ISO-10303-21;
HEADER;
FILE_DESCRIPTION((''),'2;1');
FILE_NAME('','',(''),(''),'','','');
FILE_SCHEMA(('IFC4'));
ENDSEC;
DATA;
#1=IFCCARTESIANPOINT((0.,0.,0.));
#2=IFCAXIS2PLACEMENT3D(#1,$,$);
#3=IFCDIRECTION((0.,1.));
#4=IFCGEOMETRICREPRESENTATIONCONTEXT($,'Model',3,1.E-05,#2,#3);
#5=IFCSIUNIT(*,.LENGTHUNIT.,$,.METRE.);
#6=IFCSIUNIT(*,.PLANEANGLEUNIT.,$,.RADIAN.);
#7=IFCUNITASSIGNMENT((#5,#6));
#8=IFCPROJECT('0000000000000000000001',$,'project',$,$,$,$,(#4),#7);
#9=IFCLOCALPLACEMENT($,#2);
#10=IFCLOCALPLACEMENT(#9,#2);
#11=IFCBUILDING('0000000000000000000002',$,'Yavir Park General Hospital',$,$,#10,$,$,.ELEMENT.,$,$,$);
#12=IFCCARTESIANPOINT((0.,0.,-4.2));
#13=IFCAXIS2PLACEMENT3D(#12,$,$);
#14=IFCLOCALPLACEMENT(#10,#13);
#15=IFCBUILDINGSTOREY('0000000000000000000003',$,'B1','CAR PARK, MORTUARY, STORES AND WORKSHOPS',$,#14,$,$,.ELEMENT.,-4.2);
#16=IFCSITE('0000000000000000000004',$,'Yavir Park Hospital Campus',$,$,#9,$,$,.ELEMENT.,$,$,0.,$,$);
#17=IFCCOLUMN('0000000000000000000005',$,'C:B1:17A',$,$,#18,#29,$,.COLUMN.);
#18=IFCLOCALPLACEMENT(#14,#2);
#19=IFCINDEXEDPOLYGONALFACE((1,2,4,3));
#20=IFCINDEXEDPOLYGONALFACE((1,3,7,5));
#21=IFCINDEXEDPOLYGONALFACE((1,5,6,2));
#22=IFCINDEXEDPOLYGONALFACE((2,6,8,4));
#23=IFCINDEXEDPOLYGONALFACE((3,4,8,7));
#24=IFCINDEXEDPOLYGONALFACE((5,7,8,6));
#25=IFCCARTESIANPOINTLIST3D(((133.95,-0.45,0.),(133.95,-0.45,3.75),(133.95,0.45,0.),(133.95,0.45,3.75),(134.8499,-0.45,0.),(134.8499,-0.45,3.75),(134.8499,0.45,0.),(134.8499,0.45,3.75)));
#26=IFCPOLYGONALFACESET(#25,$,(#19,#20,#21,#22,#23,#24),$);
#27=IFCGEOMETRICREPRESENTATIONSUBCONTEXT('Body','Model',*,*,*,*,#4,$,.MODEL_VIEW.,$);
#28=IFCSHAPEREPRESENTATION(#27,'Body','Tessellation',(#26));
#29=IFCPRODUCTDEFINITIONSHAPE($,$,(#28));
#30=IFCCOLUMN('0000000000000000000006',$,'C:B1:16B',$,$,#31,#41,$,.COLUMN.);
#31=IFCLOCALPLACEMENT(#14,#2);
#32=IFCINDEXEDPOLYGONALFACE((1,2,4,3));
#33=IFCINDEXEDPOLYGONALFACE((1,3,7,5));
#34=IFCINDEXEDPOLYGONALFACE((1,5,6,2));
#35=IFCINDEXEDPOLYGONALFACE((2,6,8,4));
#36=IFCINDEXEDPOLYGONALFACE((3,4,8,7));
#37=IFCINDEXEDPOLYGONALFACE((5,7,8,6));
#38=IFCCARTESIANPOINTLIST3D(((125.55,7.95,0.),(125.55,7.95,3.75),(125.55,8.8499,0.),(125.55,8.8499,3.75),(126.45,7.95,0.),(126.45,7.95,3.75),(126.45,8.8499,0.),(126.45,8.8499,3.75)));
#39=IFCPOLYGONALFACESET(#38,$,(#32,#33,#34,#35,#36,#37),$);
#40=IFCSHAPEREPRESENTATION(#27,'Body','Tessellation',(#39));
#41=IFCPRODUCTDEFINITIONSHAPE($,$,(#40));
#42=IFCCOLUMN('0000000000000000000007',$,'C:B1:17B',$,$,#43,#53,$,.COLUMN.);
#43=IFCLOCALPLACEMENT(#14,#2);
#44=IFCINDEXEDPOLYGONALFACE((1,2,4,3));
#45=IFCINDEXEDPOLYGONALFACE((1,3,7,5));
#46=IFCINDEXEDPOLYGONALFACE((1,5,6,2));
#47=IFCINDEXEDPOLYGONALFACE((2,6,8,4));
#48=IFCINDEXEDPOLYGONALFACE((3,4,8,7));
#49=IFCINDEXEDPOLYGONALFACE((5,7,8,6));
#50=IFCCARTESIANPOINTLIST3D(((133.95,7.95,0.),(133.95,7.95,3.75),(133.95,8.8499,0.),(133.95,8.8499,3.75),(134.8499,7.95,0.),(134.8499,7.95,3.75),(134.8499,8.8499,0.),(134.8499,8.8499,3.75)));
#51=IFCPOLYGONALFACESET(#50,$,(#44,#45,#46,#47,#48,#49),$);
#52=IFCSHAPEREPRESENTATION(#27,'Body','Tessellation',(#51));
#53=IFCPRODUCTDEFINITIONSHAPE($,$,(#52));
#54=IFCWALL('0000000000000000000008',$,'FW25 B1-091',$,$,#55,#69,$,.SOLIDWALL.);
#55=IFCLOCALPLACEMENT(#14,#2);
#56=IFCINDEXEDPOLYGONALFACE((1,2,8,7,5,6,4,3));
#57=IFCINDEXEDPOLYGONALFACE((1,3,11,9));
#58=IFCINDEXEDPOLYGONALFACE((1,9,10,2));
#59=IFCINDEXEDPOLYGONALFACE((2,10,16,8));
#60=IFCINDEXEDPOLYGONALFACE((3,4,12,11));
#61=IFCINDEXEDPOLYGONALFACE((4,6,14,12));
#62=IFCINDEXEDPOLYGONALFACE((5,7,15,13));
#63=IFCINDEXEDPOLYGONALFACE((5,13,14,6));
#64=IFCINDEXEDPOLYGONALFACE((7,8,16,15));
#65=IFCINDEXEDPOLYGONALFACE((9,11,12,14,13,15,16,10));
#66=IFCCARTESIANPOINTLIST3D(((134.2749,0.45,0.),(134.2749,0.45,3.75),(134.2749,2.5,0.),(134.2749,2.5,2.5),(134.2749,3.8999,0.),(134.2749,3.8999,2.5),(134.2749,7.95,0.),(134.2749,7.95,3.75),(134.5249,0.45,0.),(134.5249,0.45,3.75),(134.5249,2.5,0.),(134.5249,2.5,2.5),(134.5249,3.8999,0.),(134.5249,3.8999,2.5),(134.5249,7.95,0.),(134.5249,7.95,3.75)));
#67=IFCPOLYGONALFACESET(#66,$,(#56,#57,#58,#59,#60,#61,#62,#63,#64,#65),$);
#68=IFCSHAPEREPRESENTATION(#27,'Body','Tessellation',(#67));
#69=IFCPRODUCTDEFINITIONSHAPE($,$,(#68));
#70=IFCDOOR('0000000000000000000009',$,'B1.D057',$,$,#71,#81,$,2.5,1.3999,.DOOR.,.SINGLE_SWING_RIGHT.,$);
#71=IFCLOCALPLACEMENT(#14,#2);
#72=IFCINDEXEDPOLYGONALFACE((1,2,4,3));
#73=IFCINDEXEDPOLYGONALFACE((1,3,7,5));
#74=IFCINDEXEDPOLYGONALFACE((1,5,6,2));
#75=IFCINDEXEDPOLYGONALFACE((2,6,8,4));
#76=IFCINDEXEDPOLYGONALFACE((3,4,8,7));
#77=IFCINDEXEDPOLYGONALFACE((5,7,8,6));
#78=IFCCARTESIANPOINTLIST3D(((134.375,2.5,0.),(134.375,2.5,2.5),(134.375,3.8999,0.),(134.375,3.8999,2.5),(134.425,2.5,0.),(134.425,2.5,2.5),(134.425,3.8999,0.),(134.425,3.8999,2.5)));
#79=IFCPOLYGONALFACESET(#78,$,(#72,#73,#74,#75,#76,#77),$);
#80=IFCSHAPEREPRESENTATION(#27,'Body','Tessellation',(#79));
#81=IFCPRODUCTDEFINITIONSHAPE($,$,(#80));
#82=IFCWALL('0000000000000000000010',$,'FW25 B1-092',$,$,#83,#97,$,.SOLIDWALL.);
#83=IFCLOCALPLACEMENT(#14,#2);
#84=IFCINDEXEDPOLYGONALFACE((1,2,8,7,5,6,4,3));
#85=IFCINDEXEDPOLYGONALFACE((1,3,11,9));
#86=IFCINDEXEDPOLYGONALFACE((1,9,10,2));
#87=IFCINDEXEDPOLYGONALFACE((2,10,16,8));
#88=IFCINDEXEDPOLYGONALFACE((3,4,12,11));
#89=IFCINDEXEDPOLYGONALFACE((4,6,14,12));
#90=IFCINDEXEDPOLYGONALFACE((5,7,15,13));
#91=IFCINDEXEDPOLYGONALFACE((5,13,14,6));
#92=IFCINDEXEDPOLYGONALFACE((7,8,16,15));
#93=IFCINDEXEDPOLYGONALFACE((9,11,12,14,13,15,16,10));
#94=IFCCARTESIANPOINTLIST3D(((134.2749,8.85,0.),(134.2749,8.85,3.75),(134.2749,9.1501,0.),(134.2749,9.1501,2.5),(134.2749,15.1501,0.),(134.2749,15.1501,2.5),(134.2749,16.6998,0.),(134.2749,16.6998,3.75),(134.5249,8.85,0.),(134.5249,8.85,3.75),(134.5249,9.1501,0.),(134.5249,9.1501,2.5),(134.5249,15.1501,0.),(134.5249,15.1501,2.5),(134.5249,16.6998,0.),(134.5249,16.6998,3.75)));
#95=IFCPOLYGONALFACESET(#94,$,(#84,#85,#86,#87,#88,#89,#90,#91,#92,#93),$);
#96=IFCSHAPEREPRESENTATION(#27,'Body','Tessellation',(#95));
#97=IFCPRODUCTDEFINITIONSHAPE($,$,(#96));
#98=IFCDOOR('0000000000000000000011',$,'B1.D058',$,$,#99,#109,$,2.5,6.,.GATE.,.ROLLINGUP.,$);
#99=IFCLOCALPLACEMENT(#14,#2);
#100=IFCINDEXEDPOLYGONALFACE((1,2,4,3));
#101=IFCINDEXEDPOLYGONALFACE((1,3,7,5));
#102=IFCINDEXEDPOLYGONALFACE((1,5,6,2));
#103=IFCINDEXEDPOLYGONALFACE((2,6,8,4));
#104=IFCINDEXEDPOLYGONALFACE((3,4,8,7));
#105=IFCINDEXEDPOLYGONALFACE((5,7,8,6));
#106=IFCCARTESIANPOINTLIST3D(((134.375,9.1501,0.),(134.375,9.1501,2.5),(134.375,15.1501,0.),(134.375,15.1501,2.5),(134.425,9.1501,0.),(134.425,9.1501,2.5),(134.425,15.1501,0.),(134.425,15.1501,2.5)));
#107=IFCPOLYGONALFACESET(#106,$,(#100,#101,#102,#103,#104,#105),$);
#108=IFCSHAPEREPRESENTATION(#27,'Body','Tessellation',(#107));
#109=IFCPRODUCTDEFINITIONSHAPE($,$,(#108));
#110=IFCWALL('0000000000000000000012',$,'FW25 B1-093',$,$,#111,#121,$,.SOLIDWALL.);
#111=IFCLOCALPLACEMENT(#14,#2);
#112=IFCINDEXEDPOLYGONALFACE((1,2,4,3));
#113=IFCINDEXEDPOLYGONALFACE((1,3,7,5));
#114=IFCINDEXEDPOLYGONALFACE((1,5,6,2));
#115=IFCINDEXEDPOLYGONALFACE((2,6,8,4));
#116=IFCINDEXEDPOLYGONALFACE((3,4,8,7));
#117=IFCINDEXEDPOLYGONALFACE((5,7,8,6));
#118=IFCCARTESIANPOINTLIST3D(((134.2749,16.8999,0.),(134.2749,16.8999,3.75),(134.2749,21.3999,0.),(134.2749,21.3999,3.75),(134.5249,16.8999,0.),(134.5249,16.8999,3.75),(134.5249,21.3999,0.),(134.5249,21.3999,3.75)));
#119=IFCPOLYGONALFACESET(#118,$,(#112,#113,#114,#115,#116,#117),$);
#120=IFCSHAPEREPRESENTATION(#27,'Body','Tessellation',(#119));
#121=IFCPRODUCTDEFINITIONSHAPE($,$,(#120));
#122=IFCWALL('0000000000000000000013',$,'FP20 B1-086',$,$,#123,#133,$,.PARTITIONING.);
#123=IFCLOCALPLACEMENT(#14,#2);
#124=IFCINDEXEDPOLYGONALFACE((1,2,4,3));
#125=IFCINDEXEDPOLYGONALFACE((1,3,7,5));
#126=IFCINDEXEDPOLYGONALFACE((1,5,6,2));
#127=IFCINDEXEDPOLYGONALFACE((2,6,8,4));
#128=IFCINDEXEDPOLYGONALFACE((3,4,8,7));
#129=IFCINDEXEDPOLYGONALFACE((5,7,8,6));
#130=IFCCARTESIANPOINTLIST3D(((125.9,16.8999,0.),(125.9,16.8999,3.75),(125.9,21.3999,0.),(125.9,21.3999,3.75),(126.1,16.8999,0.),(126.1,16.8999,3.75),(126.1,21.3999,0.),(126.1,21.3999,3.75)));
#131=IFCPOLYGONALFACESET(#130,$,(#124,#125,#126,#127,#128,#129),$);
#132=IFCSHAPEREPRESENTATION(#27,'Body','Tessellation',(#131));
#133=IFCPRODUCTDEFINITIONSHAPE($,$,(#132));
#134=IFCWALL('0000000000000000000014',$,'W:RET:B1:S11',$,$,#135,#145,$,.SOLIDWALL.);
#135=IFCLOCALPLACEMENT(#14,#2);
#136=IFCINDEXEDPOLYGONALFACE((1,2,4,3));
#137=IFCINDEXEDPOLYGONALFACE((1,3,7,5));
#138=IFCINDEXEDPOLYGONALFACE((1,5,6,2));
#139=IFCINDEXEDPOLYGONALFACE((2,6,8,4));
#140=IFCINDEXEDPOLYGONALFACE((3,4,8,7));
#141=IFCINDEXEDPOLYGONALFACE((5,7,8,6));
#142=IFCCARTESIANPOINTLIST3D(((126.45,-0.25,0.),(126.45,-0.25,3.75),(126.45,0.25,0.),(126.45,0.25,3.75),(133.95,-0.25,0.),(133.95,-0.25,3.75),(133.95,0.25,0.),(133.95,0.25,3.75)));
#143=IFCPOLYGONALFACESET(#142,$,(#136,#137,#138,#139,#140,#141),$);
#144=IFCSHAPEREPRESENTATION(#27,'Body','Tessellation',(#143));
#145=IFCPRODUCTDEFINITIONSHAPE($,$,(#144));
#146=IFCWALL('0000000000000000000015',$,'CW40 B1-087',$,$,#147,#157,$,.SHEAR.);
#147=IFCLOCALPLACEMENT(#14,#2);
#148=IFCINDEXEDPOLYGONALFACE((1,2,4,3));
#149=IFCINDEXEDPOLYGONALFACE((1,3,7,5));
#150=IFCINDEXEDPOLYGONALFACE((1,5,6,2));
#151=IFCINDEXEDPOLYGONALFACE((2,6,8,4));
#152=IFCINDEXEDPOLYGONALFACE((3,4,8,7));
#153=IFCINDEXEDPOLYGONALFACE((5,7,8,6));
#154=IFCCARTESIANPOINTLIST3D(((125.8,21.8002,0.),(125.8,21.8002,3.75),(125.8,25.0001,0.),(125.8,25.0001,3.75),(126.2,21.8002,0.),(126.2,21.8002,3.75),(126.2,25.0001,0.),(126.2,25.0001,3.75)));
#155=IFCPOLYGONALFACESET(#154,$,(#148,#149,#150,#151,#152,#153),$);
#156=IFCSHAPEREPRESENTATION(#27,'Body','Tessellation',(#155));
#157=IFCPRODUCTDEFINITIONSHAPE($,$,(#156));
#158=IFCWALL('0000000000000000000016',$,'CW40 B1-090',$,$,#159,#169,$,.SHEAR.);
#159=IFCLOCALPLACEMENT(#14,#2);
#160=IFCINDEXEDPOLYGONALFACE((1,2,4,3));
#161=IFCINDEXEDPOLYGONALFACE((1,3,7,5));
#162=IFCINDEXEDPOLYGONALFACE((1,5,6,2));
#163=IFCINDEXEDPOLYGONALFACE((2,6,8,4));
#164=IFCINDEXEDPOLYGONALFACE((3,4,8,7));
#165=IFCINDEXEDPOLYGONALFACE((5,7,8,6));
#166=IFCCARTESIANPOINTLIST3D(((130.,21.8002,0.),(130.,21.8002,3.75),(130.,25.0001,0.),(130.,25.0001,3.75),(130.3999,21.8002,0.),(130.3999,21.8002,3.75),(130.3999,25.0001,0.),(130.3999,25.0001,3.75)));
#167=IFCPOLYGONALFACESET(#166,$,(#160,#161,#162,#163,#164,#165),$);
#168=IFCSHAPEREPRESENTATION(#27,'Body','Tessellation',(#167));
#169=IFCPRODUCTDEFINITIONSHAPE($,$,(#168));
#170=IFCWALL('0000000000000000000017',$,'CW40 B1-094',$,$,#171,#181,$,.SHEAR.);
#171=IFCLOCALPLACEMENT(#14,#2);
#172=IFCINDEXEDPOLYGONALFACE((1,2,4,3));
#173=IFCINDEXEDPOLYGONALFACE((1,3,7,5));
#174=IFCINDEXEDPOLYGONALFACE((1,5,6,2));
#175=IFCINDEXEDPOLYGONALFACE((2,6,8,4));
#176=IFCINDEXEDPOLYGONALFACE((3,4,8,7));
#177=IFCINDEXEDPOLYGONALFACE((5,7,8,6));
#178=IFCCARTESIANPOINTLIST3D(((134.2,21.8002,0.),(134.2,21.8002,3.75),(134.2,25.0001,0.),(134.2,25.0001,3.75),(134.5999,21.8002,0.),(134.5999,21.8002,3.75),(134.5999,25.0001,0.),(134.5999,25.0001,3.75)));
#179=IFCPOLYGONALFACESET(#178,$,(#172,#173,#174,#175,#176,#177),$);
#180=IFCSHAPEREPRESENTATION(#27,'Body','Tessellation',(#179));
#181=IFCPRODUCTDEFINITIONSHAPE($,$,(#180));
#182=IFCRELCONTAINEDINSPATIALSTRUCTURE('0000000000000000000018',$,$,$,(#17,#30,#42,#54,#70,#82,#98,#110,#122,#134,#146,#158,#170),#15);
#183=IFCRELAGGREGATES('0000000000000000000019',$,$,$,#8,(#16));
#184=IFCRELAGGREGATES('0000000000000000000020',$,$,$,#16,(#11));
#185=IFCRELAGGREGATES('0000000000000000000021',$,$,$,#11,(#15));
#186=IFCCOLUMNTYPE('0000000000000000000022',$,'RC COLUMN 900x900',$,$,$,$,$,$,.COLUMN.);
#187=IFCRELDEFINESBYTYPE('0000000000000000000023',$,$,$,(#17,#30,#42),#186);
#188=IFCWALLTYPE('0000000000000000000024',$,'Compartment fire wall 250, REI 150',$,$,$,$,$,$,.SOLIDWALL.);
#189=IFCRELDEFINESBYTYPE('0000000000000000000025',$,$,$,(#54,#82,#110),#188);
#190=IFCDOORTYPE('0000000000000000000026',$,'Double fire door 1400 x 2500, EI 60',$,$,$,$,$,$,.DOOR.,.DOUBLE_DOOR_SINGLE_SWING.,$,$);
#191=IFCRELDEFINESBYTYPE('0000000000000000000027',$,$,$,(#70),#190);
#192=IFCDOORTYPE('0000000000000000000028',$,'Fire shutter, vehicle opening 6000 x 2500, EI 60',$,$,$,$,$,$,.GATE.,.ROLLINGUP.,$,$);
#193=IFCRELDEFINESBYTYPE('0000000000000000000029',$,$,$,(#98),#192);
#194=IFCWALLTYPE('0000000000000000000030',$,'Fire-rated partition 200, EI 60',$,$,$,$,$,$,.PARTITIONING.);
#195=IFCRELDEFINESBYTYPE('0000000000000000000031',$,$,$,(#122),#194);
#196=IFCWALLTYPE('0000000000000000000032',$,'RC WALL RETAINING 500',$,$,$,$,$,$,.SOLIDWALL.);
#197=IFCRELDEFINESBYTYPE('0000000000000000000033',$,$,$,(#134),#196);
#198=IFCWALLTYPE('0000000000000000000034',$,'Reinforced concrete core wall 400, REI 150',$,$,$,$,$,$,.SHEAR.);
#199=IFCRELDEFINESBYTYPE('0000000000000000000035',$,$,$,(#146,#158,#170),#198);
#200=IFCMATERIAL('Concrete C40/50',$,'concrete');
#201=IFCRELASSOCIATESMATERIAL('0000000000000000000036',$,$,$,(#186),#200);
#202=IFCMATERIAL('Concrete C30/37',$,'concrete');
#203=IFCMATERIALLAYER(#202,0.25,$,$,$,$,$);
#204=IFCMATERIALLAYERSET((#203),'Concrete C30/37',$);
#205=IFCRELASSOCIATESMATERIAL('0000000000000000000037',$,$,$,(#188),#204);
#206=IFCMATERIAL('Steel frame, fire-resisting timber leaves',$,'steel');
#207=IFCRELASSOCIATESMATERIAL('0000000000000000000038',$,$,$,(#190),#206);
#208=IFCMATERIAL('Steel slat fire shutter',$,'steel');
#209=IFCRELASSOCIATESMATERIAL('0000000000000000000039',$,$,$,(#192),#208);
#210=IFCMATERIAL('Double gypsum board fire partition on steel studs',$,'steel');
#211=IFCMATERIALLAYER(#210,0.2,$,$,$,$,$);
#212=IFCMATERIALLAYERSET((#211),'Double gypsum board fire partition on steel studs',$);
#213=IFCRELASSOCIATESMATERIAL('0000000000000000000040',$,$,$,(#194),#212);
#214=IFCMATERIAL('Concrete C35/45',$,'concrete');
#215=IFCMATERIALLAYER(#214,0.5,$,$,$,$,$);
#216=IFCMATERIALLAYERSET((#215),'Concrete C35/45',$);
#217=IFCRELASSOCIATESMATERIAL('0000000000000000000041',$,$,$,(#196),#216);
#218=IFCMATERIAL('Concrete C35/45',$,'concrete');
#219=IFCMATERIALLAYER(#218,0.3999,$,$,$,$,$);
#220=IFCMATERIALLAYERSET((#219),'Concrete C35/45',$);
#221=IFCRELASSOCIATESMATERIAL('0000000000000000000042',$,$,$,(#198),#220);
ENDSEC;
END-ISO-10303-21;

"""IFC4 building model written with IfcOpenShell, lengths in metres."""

from ifc_helpers import new_model, si_unit, direction, frame, frame_2d, origin, origin_2d, place, context, subcontext, project, spatial, rectangle, extrude, material, layer, layer_set, material_profile, profile_set, type_object, element, fill, save


model = new_model("IFC4")

# Units and contexts
model_context = context("Model", 3, precision=1e-05, world=origin(), true_north=direction((0.0, 1.0)))
body_context = subcontext(model_context, "Body", "Model", "MODEL_VIEW")
ifc_project = project(units=[si_unit("LENGTHUNIT", "METRE"), si_unit("PLANEANGLEUNIT", "RADIAN")], contexts=[model_context])

# Site, building, storey
site_placement = place(None, origin())
site = spatial("IfcSite", under=ifc_project, at=site_placement, Name="Yavir Park Hospital Campus", CompositionType="ELEMENT", RefElevation=0.0)
building_placement = place(site_placement, origin())
building = spatial("IfcBuilding", under=site, at=building_placement, Name="Yavir Park General Hospital", CompositionType="ELEMENT")
storey_placement = place(building_placement, frame((0.0, 0.0, -4.2)))
storey = spatial("IfcBuildingStorey", under=building, at=storey_placement, Name="B1", Description="CAR PARK, MORTUARY, STORES AND WORKSHOPS", CompositionType="ELEMENT", Elevation=-4.2)

# Columns
ifc_material_1 = material(Name="Concrete C40/50", Category="concrete")
ifc_material_profile = material_profile(ifc_material_1, rectangle(XDim=0.8999, YDim=0.8999, at=origin_2d()), Name="RC900x900")
ifc_profile_set = profile_set([ifc_material_profile], Name="Concrete C40/50")
column_type = type_object("IfcColumnType", Name="RC COLUMN 900x900", PredefinedType="COLUMN", material=ifc_profile_set)
for number, where, z_axis, x_axis, name in (
    (1, (134.3999, 0.0, 0.0), (0.0, 0.0, 1.0), (1.0, 0.0, 0.0), "C:B1:17A"),
    (2, (126.0, 8.3999, 0.0), (0.0, 0.0, 1.0), (1.0, 0.0, 0.0), "C:B1:16B"),
    (3, (134.3999, 8.3999, 0.0), (0.0, 0.0, 1.0), (1.0, 0.0, 0.0), "C:B1:17B"),
):
    element("IfcColumn", number, at=place(storey_placement, frame(where, z_axis=z_axis, x_axis=x_axis)), inside=storey, type_object=column_type, Name=name, PredefinedType="COLUMN", context=body_context, shape_type="SweptSolid", body=[
        extrude(rectangle(XDim=0.8999, YDim=0.8999, at=origin_2d()), origin(), (0.0, 0.0, 1.0), 3.75),
    ])

# Walls, openings, doors
ifc_material_2 = material(Name="Concrete C30/37", Category="concrete")
ifc_layer_1 = layer(ifc_material_2, 0.25)
ifc_layer_set_1 = layer_set([ifc_layer_1], Name="Concrete C30/37")
wall_type_1 = type_object("IfcWallType", Name="Compartment fire wall 250, REI 150", PredefinedType="SOLIDWALL", material=ifc_layer_set_1)
wall_1_placement = place(storey_placement, frame((134.3999, 0.45, 0.0), z_axis=(0.0, 0.0, 1.0), x_axis=(0.0, 1.0, 0.0)))
wall_1 = element("IfcWall", 4, at=wall_1_placement, inside=storey, type_object=wall_type_1, Name="FW25 B1-091", PredefinedType="SOLIDWALL", context=body_context, shape_type="SweptSolid", body=[
    extrude(rectangle(XDim=7.5, YDim=0.25, at=frame_2d((3.75, 0.0))), origin(), (0.0, 0.0, 1.0), 3.75),
])
opening_1_placement = place(wall_1_placement, frame((2.05, 0.0, 0.0)))
opening_1 = element("IfcOpeningElement", 5, at=opening_1_placement, cuts=wall_1, PredefinedType="OPENING", context=body_context, shape_type="SweptSolid", body=[
    extrude(rectangle(XDim=1.3999, YDim=2.5, at=frame_2d((0.7, 1.25))), frame((0.0, 0.135, 0.0), z_axis=(0.0, -1.0, 0.0), x_axis=(1.0, 0.0, 0.0)), (0.0, 0.0, 1.0), 0.27),
])
ifc_material_3 = material(Name="Steel frame, fire-resisting timber leaves", Category="steel")
door_type_1 = type_object("IfcDoorType", Name="Double fire door 1400 x 2500, EI 60", OperationType="DOUBLE_DOOR_SINGLE_SWING", PredefinedType="DOOR", material=ifc_material_3)
door_1_placement = place(opening_1_placement, origin())
door_1 = element("IfcDoor", 6, at=door_1_placement, inside=storey, type_object=door_type_1, Name="B1.D057", OperationType="SINGLE_SWING_RIGHT", OverallHeight=2.5, OverallWidth=1.3999, PredefinedType="DOOR", context=body_context, shape_type="SweptSolid", body=[
    extrude(rectangle(XDim=1.3999, YDim=2.5, at=frame_2d((0.7, 1.25))), frame((0.0, 0.0249, 0.0), z_axis=(0.0, -1.0, 0.0), x_axis=(1.0, 0.0, 0.0)), (0.0, 0.0, 1.0), 0.05),
])
fill(opening_1, door_1)
wall_2_placement = place(storey_placement, frame((134.3999, 8.8501, 0.0), z_axis=(0.0, 0.0, 1.0), x_axis=(0.0, 1.0, 0.0)))
wall_2 = element("IfcWall", 7, at=wall_2_placement, inside=storey, type_object=wall_type_1, Name="FW25 B1-092", PredefinedType="SOLIDWALL", context=body_context, shape_type="SweptSolid", body=[
    extrude(rectangle(XDim=7.8499, YDim=0.25, at=frame_2d((3.9248, 0.0))), origin(), (0.0, 0.0, 1.0), 3.75),
])
opening_2_placement = place(wall_2_placement, frame((0.3, 0.0, 0.0)))
opening_2 = element("IfcOpeningElement", 8, at=opening_2_placement, cuts=wall_2, PredefinedType="OPENING", context=body_context, shape_type="SweptSolid", body=[
    extrude(rectangle(XDim=6.0, YDim=2.5, at=frame_2d((3.0, 1.25))), frame((0.0, 0.135, 0.0), z_axis=(0.0, -1.0, 0.0), x_axis=(1.0, 0.0, 0.0)), (0.0, 0.0, 1.0), 0.27),
])
ifc_material_4 = material(Name="Steel slat fire shutter", Category="steel")
door_type_2 = type_object("IfcDoorType", Name="Fire shutter, vehicle opening 6000 x 2500, EI 60", OperationType="ROLLINGUP", PredefinedType="GATE", material=ifc_material_4)
door_2_placement = place(opening_2_placement, origin())
door_2 = element("IfcDoor", 9, at=door_2_placement, inside=storey, type_object=door_type_2, Name="B1.D058", OperationType="ROLLINGUP", OverallHeight=2.5, OverallWidth=6.0, PredefinedType="GATE", context=body_context, shape_type="SweptSolid", body=[
    extrude(rectangle(XDim=6.0, YDim=2.5, at=frame_2d((3.0, 1.25))), frame((0.0, 0.0249, 0.0), z_axis=(0.0, -1.0, 0.0), x_axis=(1.0, 0.0, 0.0)), (0.0, 0.0, 1.0), 0.05),
])
fill(opening_2, door_2)

# Walls
wall_3_placement = place(storey_placement, frame((134.3999, 16.8999, 0.0), z_axis=(0.0, 0.0, 1.0), x_axis=(0.0, 1.0, 0.0)))
element("IfcWall", 10, at=wall_3_placement, inside=storey, type_object=wall_type_1, Name="FW25 B1-093", PredefinedType="SOLIDWALL", context=body_context, shape_type="SweptSolid", body=[
    extrude(rectangle(XDim=4.5, YDim=0.25, at=frame_2d((2.25, 0.0))), origin(), (0.0, 0.0, 1.0), 3.75),
])
ifc_material_5 = material(Name="Double gypsum board fire partition on steel studs", Category="steel")
ifc_layer_2 = layer(ifc_material_5, 0.2)
ifc_layer_set_2 = layer_set([ifc_layer_2], Name="Double gypsum board fire partition on steel studs")
wall_type_2 = type_object("IfcWallType", Name="Fire-rated partition 200, EI 60", PredefinedType="PARTITIONING", material=ifc_layer_set_2)
wall_4_placement = place(storey_placement, frame((126.0, 16.8999, 0.0), z_axis=(0.0, 0.0, 1.0), x_axis=(0.0, 1.0, 0.0)))
element("IfcWall", 11, at=wall_4_placement, inside=storey, type_object=wall_type_2, Name="FP20 B1-086", PredefinedType="PARTITIONING", context=body_context, shape_type="SweptSolid", body=[
    extrude(rectangle(XDim=4.5, YDim=0.2, at=frame_2d((2.25, 0.0))), origin(), (0.0, 0.0, 1.0), 3.75),
])
ifc_material_6 = material(Name="Concrete C35/45", Category="concrete")
ifc_layer_3 = layer(ifc_material_6, 0.5)
ifc_layer_set_3 = layer_set([ifc_layer_3], Name="Concrete C35/45")
wall_type_3 = type_object("IfcWallType", Name="RC WALL RETAINING 500", PredefinedType="SOLIDWALL", material=ifc_layer_set_3)
wall_5_placement = place(storey_placement, frame((126.45, 0.0, 0.0), z_axis=(0.0, 0.0, 1.0), x_axis=(1.0, 0.0, 0.0)))
element("IfcWall", 12, at=wall_5_placement, inside=storey, type_object=wall_type_3, Name="W:RET:B1:S11", PredefinedType="SOLIDWALL", context=body_context, shape_type="SweptSolid", body=[
    extrude(rectangle(XDim=7.5, YDim=0.5, at=frame_2d((3.75, 0.0))), origin(), (0.0, 0.0, 1.0), 3.75),
])
ifc_material_7 = material(Name="Concrete C35/45", Category="concrete")
ifc_layer_4 = layer(ifc_material_7, 0.3999)
ifc_layer_set_4 = layer_set([ifc_layer_4], Name="Concrete C35/45")
wall_type_4 = type_object("IfcWallType", Name="Reinforced concrete core wall 400, REI 150", PredefinedType="SHEAR", material=ifc_layer_set_4)
for number, where, z_axis, x_axis, name in (
    (13, (126.0, 21.8, 0.0), (0.0, 0.0, 1.0), (0.0, 1.0, 0.0), "CW40 B1-087"),
    (14, (130.2, 21.8, 0.0), (0.0, 0.0, 1.0), (0.0, 1.0, 0.0), "CW40 B1-090"),
    (15, (134.3999, 21.8, 0.0), (0.0, 0.0, 1.0), (0.0, 1.0, 0.0), "CW40 B1-094"),
):
    element("IfcWall", number, at=place(storey_placement, frame(where, z_axis=z_axis, x_axis=x_axis)), inside=storey, type_object=wall_type_4, Name=name, PredefinedType="SHEAR", context=body_context, shape_type="SweptSolid", body=[
        extrude(rectangle(XDim=3.2, YDim=0.3999, at=frame_2d((1.6001, 0.0))), origin(), (0.0, 0.0, 1.0), 3.75),
    ])

save(model, "model.ifc")
